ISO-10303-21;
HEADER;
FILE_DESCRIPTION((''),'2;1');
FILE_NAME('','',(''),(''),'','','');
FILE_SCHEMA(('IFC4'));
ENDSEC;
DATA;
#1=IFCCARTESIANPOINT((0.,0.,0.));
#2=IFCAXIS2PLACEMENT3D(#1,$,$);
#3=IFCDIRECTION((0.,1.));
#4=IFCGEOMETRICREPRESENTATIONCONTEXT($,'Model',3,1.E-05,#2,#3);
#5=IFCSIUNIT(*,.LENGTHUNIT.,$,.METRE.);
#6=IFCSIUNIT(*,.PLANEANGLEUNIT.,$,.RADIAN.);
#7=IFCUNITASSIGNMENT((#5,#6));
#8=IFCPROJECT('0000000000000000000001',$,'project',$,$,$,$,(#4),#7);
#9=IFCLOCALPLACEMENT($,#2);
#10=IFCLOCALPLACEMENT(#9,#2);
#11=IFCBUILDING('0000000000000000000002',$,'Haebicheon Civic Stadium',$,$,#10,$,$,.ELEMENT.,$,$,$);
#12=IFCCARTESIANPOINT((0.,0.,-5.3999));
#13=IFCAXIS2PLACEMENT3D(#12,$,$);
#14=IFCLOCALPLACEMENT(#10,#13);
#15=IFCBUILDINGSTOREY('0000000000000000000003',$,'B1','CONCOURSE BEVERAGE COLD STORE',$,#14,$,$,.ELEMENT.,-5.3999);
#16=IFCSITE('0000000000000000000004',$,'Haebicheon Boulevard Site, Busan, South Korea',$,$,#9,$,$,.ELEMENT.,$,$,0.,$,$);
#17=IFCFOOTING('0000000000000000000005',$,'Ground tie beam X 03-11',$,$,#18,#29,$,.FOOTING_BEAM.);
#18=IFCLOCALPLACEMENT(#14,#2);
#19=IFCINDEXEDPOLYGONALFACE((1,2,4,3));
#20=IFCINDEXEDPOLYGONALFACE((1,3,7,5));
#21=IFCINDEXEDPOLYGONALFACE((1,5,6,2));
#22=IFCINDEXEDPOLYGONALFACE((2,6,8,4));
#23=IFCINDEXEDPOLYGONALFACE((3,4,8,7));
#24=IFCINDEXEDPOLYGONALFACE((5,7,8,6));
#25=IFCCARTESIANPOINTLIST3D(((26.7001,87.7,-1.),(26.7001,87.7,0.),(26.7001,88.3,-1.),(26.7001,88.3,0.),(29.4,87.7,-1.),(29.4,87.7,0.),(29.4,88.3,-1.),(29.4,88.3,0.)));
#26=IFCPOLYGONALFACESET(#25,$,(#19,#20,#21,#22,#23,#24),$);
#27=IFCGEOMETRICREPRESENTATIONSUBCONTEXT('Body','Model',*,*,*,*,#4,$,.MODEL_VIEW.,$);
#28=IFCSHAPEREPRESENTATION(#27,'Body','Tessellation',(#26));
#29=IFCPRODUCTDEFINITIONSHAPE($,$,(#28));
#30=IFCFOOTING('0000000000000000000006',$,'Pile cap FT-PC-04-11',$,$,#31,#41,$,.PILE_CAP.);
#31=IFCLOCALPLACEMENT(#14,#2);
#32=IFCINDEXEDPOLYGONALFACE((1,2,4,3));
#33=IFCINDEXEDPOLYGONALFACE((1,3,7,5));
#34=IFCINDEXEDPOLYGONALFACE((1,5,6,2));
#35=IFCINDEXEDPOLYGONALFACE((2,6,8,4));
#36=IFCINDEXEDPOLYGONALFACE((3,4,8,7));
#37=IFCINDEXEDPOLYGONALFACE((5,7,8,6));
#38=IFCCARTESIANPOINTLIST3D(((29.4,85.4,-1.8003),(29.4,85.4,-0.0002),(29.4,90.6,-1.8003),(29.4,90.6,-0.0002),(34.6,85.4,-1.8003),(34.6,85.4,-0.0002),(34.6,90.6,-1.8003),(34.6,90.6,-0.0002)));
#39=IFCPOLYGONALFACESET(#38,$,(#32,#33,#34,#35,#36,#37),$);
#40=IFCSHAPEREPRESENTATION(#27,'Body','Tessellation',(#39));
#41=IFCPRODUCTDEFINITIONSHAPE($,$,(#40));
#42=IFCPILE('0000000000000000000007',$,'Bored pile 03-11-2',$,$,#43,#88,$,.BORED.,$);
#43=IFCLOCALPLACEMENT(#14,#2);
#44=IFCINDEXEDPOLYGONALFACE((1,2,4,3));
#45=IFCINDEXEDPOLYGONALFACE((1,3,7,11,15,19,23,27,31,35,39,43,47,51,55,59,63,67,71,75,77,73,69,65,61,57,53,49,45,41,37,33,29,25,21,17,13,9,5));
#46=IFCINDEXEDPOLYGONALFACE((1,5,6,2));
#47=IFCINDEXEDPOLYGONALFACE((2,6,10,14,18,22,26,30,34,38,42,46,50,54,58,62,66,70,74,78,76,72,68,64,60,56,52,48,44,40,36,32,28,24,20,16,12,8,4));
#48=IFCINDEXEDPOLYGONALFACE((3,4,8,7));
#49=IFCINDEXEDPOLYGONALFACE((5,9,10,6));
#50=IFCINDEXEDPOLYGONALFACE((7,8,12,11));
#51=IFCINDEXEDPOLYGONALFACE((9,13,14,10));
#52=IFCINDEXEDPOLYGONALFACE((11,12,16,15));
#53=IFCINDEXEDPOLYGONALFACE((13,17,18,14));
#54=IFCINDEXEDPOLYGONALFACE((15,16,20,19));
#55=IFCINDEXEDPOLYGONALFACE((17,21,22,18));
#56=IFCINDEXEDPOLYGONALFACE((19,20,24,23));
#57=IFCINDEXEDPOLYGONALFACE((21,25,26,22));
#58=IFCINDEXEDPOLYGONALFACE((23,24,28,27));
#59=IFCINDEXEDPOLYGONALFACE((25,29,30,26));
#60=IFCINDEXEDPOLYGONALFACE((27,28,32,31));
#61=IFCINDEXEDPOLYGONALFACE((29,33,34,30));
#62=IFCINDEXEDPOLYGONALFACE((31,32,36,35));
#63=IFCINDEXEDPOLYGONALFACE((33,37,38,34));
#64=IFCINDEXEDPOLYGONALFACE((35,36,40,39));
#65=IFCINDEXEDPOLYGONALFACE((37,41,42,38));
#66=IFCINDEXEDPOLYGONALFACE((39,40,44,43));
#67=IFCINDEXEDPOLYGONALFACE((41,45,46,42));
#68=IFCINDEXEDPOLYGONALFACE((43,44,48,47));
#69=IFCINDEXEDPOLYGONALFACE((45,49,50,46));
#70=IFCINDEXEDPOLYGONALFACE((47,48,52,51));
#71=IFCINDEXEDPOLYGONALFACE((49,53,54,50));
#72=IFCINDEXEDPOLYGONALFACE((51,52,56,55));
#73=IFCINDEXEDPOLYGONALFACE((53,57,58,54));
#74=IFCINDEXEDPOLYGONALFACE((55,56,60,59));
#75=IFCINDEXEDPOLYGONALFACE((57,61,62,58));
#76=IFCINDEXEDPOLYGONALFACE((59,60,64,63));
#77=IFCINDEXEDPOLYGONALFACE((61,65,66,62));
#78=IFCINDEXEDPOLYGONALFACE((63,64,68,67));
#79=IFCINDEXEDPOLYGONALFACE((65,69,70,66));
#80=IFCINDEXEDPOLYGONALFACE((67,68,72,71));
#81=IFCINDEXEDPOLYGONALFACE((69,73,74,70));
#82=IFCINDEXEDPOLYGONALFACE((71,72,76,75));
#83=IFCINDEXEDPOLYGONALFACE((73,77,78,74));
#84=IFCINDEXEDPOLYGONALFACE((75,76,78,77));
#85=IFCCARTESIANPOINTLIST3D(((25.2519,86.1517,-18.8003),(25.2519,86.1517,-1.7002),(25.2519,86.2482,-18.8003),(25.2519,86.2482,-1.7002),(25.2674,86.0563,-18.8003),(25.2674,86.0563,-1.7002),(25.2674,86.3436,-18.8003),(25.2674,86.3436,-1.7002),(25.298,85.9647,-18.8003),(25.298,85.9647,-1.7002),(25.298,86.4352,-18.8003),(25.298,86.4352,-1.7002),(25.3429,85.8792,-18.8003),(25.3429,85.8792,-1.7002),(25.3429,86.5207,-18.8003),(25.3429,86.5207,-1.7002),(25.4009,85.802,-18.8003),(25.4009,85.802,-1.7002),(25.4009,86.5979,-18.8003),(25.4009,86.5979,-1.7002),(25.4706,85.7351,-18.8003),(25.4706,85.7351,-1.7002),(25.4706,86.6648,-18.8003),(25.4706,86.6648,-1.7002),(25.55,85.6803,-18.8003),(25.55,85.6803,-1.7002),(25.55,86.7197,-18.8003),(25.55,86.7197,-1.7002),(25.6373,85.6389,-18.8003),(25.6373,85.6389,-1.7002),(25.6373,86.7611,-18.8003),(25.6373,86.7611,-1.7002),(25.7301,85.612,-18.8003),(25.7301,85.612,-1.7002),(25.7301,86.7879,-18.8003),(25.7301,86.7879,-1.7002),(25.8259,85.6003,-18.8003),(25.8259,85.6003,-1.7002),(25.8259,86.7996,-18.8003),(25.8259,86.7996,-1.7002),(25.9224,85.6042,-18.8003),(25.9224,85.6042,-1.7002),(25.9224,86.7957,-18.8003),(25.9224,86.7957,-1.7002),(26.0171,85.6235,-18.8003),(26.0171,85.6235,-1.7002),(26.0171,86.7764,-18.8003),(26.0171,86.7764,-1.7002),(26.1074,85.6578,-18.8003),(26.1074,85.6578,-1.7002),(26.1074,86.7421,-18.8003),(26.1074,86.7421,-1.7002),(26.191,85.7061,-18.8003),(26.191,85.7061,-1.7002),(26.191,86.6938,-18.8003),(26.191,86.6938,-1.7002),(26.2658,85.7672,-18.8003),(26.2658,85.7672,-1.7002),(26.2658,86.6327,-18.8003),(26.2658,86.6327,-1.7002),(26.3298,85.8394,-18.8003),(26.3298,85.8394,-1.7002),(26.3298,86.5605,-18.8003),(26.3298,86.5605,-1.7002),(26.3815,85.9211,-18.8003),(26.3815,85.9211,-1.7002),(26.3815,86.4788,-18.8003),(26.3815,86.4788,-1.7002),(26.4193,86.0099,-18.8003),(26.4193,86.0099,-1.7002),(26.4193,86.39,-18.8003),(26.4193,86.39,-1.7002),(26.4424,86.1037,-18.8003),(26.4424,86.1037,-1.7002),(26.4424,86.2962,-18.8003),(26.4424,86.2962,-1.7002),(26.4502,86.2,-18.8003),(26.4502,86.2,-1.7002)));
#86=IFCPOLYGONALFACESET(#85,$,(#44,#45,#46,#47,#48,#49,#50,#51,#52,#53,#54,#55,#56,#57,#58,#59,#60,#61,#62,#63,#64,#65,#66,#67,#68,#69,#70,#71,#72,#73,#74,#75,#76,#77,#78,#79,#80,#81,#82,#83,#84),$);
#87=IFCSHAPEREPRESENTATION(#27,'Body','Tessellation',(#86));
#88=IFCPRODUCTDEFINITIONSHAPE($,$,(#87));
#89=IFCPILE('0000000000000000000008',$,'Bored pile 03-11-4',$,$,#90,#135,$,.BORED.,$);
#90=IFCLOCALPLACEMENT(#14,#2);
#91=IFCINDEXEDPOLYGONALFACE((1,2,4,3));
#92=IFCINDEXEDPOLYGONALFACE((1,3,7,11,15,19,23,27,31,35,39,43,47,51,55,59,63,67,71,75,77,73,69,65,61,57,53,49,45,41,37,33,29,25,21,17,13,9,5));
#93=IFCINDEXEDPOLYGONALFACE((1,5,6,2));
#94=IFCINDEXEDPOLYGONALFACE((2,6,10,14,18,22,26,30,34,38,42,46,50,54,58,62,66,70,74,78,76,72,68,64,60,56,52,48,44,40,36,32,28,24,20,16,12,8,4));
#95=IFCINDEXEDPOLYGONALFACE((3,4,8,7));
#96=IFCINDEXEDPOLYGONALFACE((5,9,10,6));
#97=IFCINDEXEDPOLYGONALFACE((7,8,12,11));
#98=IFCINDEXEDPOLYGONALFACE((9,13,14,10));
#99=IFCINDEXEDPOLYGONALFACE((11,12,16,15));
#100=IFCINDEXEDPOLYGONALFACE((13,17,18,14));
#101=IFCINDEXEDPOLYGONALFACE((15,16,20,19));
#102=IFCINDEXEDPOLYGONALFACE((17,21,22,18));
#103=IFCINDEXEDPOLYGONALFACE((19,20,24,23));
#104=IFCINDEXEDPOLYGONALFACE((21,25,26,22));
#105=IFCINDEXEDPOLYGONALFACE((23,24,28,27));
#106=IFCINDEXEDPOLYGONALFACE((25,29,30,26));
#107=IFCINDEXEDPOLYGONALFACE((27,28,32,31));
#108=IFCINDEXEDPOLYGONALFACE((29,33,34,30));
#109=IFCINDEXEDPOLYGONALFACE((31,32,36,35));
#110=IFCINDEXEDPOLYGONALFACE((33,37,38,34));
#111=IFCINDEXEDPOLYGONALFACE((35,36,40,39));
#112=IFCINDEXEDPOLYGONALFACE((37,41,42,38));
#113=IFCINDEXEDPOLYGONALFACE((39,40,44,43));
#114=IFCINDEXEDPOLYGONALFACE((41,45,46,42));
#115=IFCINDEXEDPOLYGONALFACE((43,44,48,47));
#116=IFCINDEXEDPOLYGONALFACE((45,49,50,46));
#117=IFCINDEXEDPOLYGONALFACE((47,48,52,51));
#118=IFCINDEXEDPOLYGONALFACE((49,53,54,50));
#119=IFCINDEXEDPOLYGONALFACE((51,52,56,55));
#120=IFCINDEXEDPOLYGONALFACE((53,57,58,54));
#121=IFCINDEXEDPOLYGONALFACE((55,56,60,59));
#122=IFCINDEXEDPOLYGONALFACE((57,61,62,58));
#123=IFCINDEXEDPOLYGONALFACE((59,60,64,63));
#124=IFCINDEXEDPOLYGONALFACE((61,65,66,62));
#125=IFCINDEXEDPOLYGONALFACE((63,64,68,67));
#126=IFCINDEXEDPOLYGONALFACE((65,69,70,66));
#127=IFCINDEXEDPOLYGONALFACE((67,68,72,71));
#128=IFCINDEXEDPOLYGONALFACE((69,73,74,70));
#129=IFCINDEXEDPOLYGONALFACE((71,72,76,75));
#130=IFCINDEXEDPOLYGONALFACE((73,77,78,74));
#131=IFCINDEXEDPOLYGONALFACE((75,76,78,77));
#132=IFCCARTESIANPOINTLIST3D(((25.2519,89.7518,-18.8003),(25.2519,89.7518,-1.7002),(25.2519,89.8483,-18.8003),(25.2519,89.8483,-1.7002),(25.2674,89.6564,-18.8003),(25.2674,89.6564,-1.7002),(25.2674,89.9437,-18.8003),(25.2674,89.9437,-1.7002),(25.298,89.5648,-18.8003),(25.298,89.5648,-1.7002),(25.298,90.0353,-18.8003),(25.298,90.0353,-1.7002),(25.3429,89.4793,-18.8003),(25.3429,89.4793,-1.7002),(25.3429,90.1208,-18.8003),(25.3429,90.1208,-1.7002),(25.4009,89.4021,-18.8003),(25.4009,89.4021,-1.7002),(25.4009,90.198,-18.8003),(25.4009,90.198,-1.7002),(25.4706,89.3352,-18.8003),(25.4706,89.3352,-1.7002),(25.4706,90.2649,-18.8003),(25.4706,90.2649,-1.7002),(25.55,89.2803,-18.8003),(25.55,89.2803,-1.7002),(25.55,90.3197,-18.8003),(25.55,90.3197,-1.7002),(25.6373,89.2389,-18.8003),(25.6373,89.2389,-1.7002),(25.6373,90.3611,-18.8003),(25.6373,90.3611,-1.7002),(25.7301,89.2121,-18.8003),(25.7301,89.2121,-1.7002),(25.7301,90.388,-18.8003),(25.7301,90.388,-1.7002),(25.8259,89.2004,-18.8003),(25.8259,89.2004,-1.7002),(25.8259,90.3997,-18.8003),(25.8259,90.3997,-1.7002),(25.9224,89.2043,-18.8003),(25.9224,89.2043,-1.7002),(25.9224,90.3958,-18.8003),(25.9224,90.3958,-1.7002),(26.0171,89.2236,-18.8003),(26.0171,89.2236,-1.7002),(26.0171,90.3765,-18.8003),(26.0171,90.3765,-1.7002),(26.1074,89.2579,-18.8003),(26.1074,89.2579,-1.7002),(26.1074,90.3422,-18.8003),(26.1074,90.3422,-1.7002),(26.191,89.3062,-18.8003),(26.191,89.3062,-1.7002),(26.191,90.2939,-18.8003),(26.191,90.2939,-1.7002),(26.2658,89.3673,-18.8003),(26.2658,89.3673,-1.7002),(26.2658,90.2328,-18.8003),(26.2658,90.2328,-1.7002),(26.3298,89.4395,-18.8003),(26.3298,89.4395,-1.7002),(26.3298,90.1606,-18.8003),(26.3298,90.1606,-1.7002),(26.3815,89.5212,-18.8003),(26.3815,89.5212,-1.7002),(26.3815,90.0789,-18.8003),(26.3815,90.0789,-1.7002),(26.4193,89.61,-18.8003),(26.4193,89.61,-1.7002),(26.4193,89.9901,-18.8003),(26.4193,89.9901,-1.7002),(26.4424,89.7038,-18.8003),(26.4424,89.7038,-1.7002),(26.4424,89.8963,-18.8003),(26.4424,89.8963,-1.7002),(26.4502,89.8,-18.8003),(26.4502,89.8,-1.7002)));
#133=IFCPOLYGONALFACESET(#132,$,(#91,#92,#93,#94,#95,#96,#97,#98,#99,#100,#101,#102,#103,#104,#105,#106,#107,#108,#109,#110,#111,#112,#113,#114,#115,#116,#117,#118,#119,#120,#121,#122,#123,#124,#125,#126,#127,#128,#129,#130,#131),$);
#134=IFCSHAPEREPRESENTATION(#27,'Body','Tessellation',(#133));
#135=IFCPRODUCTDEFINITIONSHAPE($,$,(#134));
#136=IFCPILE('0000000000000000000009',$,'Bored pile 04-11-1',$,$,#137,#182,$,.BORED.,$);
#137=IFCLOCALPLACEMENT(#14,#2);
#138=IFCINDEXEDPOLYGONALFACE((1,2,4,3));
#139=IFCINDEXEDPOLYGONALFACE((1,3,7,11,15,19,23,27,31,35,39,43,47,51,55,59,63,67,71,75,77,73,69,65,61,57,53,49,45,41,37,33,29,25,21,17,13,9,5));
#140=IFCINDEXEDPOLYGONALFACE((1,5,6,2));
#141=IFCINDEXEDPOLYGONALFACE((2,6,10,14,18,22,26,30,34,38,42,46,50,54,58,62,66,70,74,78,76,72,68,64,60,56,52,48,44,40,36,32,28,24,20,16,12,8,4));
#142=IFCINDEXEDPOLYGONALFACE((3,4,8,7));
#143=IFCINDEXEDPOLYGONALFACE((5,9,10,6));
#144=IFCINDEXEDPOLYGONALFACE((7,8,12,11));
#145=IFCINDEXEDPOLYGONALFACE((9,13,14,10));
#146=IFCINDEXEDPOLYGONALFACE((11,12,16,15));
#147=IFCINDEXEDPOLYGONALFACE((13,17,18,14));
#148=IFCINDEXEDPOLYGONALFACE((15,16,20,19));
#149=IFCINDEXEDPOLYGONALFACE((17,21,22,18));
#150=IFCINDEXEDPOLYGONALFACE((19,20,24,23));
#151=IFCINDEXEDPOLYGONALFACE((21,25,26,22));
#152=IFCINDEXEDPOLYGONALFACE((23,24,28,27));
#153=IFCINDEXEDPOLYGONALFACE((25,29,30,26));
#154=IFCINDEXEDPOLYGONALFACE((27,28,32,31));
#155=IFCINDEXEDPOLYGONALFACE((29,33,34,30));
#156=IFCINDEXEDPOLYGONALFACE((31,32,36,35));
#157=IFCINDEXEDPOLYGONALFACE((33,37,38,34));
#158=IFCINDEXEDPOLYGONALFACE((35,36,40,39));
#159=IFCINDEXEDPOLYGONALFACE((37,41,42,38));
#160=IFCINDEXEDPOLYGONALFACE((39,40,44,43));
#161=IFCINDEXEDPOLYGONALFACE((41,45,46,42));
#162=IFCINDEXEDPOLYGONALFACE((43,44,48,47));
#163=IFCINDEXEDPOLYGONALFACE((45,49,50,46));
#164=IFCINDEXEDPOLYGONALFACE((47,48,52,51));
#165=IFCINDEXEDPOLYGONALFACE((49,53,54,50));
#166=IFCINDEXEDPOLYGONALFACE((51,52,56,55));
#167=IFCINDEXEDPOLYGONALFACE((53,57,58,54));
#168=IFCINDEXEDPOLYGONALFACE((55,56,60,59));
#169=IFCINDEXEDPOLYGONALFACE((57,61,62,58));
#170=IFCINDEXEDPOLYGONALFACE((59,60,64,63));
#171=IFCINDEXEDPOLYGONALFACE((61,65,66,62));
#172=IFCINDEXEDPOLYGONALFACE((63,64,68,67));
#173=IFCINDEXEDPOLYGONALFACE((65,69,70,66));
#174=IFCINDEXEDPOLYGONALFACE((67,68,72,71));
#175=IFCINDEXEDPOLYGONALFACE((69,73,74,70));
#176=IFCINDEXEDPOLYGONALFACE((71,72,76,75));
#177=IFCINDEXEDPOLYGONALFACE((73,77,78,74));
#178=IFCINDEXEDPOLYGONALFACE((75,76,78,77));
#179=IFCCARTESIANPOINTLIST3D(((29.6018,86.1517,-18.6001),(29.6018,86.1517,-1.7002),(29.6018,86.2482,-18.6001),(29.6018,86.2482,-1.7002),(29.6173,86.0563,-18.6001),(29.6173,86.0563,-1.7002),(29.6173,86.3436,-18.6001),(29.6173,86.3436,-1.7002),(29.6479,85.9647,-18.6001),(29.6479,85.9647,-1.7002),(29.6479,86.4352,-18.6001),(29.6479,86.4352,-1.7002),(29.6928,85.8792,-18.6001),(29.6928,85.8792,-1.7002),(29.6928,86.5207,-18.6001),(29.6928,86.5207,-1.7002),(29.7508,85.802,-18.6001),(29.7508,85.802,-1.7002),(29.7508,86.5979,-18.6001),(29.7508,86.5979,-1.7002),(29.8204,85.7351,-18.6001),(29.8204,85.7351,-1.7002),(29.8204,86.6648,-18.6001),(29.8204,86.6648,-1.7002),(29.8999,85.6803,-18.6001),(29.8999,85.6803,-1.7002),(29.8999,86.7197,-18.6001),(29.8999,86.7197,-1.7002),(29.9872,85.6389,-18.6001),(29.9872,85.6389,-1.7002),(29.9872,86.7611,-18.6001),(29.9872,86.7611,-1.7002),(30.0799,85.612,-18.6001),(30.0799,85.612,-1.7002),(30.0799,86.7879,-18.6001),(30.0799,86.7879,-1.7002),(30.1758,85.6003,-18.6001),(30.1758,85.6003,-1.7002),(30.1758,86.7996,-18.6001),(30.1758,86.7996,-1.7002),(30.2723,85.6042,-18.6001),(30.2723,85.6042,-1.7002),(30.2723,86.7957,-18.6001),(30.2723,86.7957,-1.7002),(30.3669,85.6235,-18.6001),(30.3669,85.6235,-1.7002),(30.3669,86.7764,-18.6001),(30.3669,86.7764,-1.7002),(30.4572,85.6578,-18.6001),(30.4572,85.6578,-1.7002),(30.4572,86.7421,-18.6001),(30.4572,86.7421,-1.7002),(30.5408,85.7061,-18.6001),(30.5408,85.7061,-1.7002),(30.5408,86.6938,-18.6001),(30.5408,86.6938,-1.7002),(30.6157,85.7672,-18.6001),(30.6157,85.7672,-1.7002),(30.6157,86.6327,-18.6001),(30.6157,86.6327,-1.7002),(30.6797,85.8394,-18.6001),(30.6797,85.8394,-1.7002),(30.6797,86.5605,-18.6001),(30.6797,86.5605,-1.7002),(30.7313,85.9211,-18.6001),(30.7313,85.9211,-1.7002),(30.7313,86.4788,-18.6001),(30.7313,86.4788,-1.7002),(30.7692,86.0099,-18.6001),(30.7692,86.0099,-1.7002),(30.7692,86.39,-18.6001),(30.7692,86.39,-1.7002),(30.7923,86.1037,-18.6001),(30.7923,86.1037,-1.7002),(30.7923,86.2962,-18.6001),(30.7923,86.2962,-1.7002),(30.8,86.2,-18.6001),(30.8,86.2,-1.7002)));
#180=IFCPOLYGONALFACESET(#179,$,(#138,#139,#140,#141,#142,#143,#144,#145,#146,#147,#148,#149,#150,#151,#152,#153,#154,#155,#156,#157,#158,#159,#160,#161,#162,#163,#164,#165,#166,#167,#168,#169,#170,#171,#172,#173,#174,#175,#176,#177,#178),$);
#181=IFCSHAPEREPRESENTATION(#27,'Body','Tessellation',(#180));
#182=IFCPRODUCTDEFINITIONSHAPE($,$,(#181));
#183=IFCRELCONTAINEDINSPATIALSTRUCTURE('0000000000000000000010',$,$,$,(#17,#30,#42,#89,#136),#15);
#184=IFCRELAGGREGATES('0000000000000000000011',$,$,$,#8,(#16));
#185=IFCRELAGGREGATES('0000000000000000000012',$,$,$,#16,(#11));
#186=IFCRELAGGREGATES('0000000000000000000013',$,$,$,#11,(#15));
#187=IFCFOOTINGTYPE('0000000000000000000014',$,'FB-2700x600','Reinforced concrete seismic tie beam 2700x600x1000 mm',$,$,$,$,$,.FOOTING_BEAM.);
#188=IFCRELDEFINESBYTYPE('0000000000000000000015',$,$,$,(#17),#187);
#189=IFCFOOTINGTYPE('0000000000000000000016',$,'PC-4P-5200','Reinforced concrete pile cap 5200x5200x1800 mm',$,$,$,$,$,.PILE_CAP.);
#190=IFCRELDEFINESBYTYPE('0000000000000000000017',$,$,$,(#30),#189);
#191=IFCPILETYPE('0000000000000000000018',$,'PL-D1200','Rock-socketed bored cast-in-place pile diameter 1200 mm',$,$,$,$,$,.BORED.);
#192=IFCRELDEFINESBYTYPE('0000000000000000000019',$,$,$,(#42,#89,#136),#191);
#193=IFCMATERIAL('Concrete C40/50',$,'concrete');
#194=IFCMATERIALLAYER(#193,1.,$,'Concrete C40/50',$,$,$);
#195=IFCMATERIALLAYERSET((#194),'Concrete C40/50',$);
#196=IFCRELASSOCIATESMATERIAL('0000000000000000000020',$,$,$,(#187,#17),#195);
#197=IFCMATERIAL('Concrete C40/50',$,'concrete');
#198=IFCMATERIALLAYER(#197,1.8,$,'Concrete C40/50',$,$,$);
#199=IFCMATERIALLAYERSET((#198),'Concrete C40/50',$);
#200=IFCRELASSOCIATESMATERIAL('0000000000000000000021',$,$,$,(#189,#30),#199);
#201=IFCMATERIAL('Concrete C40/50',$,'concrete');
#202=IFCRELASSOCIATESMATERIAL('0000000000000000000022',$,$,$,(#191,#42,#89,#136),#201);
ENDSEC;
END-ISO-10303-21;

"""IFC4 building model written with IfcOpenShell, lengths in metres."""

from ifc_helpers import new_model, si_unit, direction, frame, origin, origin_2d, place, context, subcontext, project, spatial, rectangle, circle, extrude, material, layer, layer_set, material_profile, profile_set, type_object, element, save


model = new_model("IFC4")

# Units and contexts
model_context = context("Model", 3, precision=1e-05, world=origin(), true_north=direction((0.0, 1.0)))
body_context = subcontext(model_context, "Body", "Model", "MODEL_VIEW")
ifc_project = project(units=[si_unit("LENGTHUNIT", "METRE"), si_unit("PLANEANGLEUNIT", "RADIAN")], contexts=[model_context])

# Site, building, storey
site_placement = place(None, origin())
site = spatial("IfcSite", under=ifc_project, at=site_placement, Name="Haebicheon Boulevard Site, Busan, South Korea", CompositionType="ELEMENT", RefElevation=0.0)
building_placement = place(site_placement, origin())
building = spatial("IfcBuilding", under=site, at=building_placement, Name="Haebicheon Civic Stadium", CompositionType="ELEMENT")
storey_placement = place(building_placement, frame((0.0, 0.0, -5.3999)))
storey = spatial("IfcBuildingStorey", under=building, at=storey_placement, Name="B1", Description="CONCOURSE BEVERAGE COLD STORE", CompositionType="ELEMENT", Elevation=-5.3999)

# Footings
ifc_material_1 = material(Name="Concrete C40/50", Category="concrete")
ifc_layer_1 = layer(ifc_material_1, 1.0, Name="Concrete C40/50")
ifc_layer_set_1 = layer_set([ifc_layer_1], Name="Concrete C40/50")
footing_type_1 = type_object("IfcFootingType", Name="FB-2700x600", Description="Reinforced concrete seismic tie beam 2700x600x1000 mm", PredefinedType="FOOTING_BEAM", material=ifc_layer_set_1)
footing_1_placement = place(storey_placement, frame((28.05, 88.0, -1.0), z_axis=(0.0, 0.0, 1.0), x_axis=(1.0, 0.0, 0.0)))
element("IfcFooting", 1, at=footing_1_placement, inside=storey, type_object=footing_type_1, material=ifc_layer_set_1, Name="Ground tie beam X 03-11", PredefinedType="FOOTING_BEAM", context=body_context, shape_type="SweptSolid", body=[
    extrude(rectangle(XDim=2.7, YDim=0.6001, at=origin_2d()), origin(), (0.0, 0.0, 1.0), 1.0),
])
ifc_material_2 = material(Name="Concrete C40/50", Category="concrete")
ifc_layer_2 = layer(ifc_material_2, 1.8, Name="Concrete C40/50")
ifc_layer_set_2 = layer_set([ifc_layer_2], Name="Concrete C40/50")
footing_type_2 = type_object("IfcFootingType", Name="PC-4P-5200", Description="Reinforced concrete pile cap 5200x5200x1800 mm", PredefinedType="PILE_CAP", material=ifc_layer_set_2)
footing_2_placement = place(storey_placement, frame((32.0, 88.0, -1.8003), z_axis=(0.0, 0.0, 1.0), x_axis=(1.0, 0.0, 0.0)))
element("IfcFooting", 2, at=footing_2_placement, inside=storey, type_object=footing_type_2, material=ifc_layer_set_2, Name="Pile cap FT-PC-04-11", PredefinedType="PILE_CAP", context=body_context, shape_type="SweptSolid", body=[
    extrude(rectangle(XDim=5.2, YDim=5.2, at=origin_2d()), origin(), (0.0, 0.0, 1.0), 1.8),
])

# Piles
ifc_material_3 = material(Name="Concrete C40/50", Category="concrete")
ifc_material_profile_1 = material_profile(ifc_material_3, circle(Radius=0.6001, at=origin_2d()), Name="PILE-D1200")
ifc_profile_set_1 = profile_set([ifc_material_profile_1], Name="Concrete C40/50")
pile_type = type_object("IfcPileType", Name="PL-D1200", Description="Rock-socketed bored cast-in-place pile diameter 1200 mm", PredefinedType="BORED", material=ifc_profile_set_1)
for number, where, z_axis, x_axis, name in (
    (3, (25.8501, 86.2, -1.7002), (0.0, 0.0, -1.0), (1.0, 0.0, 0.0), "Bored pile 03-11-2"),
    (4, (25.8501, 89.8, -1.7002), (0.0, 0.0, -1.0), (1.0, 0.0, 0.0), "Bored pile 03-11-4"),
):
    element("IfcPile", number, at=place(storey_placement, frame(where, z_axis=z_axis, x_axis=x_axis)), inside=storey, type_object=pile_type, material=ifc_profile_set_1, Name=name, PredefinedType="BORED", context=body_context, shape_type="SweptSolid", body=[
        extrude(circle(Radius=0.6001, at=origin_2d()), origin(), (0.0, 0.0, 1.0), 17.1001),
    ])
for number, where, z_axis, x_axis, name in (
    (5, (30.2, 86.2, -1.7002), (0.0, 0.0, -1.0), (1.0, 0.0, 0.0), "Bored pile 04-11-1"),
):
    element("IfcPile", number, at=place(storey_placement, frame(where, z_axis=z_axis, x_axis=x_axis)), inside=storey, type_object=pile_type, material=ifc_profile_set_1, Name=name, PredefinedType="BORED", context=body_context, shape_type="SweptSolid", body=[
        extrude(circle(Radius=0.6001, at=origin_2d()), origin(), (0.0, 0.0, 1.0), 16.8999),
    ])

save(model, "model.ifc")
